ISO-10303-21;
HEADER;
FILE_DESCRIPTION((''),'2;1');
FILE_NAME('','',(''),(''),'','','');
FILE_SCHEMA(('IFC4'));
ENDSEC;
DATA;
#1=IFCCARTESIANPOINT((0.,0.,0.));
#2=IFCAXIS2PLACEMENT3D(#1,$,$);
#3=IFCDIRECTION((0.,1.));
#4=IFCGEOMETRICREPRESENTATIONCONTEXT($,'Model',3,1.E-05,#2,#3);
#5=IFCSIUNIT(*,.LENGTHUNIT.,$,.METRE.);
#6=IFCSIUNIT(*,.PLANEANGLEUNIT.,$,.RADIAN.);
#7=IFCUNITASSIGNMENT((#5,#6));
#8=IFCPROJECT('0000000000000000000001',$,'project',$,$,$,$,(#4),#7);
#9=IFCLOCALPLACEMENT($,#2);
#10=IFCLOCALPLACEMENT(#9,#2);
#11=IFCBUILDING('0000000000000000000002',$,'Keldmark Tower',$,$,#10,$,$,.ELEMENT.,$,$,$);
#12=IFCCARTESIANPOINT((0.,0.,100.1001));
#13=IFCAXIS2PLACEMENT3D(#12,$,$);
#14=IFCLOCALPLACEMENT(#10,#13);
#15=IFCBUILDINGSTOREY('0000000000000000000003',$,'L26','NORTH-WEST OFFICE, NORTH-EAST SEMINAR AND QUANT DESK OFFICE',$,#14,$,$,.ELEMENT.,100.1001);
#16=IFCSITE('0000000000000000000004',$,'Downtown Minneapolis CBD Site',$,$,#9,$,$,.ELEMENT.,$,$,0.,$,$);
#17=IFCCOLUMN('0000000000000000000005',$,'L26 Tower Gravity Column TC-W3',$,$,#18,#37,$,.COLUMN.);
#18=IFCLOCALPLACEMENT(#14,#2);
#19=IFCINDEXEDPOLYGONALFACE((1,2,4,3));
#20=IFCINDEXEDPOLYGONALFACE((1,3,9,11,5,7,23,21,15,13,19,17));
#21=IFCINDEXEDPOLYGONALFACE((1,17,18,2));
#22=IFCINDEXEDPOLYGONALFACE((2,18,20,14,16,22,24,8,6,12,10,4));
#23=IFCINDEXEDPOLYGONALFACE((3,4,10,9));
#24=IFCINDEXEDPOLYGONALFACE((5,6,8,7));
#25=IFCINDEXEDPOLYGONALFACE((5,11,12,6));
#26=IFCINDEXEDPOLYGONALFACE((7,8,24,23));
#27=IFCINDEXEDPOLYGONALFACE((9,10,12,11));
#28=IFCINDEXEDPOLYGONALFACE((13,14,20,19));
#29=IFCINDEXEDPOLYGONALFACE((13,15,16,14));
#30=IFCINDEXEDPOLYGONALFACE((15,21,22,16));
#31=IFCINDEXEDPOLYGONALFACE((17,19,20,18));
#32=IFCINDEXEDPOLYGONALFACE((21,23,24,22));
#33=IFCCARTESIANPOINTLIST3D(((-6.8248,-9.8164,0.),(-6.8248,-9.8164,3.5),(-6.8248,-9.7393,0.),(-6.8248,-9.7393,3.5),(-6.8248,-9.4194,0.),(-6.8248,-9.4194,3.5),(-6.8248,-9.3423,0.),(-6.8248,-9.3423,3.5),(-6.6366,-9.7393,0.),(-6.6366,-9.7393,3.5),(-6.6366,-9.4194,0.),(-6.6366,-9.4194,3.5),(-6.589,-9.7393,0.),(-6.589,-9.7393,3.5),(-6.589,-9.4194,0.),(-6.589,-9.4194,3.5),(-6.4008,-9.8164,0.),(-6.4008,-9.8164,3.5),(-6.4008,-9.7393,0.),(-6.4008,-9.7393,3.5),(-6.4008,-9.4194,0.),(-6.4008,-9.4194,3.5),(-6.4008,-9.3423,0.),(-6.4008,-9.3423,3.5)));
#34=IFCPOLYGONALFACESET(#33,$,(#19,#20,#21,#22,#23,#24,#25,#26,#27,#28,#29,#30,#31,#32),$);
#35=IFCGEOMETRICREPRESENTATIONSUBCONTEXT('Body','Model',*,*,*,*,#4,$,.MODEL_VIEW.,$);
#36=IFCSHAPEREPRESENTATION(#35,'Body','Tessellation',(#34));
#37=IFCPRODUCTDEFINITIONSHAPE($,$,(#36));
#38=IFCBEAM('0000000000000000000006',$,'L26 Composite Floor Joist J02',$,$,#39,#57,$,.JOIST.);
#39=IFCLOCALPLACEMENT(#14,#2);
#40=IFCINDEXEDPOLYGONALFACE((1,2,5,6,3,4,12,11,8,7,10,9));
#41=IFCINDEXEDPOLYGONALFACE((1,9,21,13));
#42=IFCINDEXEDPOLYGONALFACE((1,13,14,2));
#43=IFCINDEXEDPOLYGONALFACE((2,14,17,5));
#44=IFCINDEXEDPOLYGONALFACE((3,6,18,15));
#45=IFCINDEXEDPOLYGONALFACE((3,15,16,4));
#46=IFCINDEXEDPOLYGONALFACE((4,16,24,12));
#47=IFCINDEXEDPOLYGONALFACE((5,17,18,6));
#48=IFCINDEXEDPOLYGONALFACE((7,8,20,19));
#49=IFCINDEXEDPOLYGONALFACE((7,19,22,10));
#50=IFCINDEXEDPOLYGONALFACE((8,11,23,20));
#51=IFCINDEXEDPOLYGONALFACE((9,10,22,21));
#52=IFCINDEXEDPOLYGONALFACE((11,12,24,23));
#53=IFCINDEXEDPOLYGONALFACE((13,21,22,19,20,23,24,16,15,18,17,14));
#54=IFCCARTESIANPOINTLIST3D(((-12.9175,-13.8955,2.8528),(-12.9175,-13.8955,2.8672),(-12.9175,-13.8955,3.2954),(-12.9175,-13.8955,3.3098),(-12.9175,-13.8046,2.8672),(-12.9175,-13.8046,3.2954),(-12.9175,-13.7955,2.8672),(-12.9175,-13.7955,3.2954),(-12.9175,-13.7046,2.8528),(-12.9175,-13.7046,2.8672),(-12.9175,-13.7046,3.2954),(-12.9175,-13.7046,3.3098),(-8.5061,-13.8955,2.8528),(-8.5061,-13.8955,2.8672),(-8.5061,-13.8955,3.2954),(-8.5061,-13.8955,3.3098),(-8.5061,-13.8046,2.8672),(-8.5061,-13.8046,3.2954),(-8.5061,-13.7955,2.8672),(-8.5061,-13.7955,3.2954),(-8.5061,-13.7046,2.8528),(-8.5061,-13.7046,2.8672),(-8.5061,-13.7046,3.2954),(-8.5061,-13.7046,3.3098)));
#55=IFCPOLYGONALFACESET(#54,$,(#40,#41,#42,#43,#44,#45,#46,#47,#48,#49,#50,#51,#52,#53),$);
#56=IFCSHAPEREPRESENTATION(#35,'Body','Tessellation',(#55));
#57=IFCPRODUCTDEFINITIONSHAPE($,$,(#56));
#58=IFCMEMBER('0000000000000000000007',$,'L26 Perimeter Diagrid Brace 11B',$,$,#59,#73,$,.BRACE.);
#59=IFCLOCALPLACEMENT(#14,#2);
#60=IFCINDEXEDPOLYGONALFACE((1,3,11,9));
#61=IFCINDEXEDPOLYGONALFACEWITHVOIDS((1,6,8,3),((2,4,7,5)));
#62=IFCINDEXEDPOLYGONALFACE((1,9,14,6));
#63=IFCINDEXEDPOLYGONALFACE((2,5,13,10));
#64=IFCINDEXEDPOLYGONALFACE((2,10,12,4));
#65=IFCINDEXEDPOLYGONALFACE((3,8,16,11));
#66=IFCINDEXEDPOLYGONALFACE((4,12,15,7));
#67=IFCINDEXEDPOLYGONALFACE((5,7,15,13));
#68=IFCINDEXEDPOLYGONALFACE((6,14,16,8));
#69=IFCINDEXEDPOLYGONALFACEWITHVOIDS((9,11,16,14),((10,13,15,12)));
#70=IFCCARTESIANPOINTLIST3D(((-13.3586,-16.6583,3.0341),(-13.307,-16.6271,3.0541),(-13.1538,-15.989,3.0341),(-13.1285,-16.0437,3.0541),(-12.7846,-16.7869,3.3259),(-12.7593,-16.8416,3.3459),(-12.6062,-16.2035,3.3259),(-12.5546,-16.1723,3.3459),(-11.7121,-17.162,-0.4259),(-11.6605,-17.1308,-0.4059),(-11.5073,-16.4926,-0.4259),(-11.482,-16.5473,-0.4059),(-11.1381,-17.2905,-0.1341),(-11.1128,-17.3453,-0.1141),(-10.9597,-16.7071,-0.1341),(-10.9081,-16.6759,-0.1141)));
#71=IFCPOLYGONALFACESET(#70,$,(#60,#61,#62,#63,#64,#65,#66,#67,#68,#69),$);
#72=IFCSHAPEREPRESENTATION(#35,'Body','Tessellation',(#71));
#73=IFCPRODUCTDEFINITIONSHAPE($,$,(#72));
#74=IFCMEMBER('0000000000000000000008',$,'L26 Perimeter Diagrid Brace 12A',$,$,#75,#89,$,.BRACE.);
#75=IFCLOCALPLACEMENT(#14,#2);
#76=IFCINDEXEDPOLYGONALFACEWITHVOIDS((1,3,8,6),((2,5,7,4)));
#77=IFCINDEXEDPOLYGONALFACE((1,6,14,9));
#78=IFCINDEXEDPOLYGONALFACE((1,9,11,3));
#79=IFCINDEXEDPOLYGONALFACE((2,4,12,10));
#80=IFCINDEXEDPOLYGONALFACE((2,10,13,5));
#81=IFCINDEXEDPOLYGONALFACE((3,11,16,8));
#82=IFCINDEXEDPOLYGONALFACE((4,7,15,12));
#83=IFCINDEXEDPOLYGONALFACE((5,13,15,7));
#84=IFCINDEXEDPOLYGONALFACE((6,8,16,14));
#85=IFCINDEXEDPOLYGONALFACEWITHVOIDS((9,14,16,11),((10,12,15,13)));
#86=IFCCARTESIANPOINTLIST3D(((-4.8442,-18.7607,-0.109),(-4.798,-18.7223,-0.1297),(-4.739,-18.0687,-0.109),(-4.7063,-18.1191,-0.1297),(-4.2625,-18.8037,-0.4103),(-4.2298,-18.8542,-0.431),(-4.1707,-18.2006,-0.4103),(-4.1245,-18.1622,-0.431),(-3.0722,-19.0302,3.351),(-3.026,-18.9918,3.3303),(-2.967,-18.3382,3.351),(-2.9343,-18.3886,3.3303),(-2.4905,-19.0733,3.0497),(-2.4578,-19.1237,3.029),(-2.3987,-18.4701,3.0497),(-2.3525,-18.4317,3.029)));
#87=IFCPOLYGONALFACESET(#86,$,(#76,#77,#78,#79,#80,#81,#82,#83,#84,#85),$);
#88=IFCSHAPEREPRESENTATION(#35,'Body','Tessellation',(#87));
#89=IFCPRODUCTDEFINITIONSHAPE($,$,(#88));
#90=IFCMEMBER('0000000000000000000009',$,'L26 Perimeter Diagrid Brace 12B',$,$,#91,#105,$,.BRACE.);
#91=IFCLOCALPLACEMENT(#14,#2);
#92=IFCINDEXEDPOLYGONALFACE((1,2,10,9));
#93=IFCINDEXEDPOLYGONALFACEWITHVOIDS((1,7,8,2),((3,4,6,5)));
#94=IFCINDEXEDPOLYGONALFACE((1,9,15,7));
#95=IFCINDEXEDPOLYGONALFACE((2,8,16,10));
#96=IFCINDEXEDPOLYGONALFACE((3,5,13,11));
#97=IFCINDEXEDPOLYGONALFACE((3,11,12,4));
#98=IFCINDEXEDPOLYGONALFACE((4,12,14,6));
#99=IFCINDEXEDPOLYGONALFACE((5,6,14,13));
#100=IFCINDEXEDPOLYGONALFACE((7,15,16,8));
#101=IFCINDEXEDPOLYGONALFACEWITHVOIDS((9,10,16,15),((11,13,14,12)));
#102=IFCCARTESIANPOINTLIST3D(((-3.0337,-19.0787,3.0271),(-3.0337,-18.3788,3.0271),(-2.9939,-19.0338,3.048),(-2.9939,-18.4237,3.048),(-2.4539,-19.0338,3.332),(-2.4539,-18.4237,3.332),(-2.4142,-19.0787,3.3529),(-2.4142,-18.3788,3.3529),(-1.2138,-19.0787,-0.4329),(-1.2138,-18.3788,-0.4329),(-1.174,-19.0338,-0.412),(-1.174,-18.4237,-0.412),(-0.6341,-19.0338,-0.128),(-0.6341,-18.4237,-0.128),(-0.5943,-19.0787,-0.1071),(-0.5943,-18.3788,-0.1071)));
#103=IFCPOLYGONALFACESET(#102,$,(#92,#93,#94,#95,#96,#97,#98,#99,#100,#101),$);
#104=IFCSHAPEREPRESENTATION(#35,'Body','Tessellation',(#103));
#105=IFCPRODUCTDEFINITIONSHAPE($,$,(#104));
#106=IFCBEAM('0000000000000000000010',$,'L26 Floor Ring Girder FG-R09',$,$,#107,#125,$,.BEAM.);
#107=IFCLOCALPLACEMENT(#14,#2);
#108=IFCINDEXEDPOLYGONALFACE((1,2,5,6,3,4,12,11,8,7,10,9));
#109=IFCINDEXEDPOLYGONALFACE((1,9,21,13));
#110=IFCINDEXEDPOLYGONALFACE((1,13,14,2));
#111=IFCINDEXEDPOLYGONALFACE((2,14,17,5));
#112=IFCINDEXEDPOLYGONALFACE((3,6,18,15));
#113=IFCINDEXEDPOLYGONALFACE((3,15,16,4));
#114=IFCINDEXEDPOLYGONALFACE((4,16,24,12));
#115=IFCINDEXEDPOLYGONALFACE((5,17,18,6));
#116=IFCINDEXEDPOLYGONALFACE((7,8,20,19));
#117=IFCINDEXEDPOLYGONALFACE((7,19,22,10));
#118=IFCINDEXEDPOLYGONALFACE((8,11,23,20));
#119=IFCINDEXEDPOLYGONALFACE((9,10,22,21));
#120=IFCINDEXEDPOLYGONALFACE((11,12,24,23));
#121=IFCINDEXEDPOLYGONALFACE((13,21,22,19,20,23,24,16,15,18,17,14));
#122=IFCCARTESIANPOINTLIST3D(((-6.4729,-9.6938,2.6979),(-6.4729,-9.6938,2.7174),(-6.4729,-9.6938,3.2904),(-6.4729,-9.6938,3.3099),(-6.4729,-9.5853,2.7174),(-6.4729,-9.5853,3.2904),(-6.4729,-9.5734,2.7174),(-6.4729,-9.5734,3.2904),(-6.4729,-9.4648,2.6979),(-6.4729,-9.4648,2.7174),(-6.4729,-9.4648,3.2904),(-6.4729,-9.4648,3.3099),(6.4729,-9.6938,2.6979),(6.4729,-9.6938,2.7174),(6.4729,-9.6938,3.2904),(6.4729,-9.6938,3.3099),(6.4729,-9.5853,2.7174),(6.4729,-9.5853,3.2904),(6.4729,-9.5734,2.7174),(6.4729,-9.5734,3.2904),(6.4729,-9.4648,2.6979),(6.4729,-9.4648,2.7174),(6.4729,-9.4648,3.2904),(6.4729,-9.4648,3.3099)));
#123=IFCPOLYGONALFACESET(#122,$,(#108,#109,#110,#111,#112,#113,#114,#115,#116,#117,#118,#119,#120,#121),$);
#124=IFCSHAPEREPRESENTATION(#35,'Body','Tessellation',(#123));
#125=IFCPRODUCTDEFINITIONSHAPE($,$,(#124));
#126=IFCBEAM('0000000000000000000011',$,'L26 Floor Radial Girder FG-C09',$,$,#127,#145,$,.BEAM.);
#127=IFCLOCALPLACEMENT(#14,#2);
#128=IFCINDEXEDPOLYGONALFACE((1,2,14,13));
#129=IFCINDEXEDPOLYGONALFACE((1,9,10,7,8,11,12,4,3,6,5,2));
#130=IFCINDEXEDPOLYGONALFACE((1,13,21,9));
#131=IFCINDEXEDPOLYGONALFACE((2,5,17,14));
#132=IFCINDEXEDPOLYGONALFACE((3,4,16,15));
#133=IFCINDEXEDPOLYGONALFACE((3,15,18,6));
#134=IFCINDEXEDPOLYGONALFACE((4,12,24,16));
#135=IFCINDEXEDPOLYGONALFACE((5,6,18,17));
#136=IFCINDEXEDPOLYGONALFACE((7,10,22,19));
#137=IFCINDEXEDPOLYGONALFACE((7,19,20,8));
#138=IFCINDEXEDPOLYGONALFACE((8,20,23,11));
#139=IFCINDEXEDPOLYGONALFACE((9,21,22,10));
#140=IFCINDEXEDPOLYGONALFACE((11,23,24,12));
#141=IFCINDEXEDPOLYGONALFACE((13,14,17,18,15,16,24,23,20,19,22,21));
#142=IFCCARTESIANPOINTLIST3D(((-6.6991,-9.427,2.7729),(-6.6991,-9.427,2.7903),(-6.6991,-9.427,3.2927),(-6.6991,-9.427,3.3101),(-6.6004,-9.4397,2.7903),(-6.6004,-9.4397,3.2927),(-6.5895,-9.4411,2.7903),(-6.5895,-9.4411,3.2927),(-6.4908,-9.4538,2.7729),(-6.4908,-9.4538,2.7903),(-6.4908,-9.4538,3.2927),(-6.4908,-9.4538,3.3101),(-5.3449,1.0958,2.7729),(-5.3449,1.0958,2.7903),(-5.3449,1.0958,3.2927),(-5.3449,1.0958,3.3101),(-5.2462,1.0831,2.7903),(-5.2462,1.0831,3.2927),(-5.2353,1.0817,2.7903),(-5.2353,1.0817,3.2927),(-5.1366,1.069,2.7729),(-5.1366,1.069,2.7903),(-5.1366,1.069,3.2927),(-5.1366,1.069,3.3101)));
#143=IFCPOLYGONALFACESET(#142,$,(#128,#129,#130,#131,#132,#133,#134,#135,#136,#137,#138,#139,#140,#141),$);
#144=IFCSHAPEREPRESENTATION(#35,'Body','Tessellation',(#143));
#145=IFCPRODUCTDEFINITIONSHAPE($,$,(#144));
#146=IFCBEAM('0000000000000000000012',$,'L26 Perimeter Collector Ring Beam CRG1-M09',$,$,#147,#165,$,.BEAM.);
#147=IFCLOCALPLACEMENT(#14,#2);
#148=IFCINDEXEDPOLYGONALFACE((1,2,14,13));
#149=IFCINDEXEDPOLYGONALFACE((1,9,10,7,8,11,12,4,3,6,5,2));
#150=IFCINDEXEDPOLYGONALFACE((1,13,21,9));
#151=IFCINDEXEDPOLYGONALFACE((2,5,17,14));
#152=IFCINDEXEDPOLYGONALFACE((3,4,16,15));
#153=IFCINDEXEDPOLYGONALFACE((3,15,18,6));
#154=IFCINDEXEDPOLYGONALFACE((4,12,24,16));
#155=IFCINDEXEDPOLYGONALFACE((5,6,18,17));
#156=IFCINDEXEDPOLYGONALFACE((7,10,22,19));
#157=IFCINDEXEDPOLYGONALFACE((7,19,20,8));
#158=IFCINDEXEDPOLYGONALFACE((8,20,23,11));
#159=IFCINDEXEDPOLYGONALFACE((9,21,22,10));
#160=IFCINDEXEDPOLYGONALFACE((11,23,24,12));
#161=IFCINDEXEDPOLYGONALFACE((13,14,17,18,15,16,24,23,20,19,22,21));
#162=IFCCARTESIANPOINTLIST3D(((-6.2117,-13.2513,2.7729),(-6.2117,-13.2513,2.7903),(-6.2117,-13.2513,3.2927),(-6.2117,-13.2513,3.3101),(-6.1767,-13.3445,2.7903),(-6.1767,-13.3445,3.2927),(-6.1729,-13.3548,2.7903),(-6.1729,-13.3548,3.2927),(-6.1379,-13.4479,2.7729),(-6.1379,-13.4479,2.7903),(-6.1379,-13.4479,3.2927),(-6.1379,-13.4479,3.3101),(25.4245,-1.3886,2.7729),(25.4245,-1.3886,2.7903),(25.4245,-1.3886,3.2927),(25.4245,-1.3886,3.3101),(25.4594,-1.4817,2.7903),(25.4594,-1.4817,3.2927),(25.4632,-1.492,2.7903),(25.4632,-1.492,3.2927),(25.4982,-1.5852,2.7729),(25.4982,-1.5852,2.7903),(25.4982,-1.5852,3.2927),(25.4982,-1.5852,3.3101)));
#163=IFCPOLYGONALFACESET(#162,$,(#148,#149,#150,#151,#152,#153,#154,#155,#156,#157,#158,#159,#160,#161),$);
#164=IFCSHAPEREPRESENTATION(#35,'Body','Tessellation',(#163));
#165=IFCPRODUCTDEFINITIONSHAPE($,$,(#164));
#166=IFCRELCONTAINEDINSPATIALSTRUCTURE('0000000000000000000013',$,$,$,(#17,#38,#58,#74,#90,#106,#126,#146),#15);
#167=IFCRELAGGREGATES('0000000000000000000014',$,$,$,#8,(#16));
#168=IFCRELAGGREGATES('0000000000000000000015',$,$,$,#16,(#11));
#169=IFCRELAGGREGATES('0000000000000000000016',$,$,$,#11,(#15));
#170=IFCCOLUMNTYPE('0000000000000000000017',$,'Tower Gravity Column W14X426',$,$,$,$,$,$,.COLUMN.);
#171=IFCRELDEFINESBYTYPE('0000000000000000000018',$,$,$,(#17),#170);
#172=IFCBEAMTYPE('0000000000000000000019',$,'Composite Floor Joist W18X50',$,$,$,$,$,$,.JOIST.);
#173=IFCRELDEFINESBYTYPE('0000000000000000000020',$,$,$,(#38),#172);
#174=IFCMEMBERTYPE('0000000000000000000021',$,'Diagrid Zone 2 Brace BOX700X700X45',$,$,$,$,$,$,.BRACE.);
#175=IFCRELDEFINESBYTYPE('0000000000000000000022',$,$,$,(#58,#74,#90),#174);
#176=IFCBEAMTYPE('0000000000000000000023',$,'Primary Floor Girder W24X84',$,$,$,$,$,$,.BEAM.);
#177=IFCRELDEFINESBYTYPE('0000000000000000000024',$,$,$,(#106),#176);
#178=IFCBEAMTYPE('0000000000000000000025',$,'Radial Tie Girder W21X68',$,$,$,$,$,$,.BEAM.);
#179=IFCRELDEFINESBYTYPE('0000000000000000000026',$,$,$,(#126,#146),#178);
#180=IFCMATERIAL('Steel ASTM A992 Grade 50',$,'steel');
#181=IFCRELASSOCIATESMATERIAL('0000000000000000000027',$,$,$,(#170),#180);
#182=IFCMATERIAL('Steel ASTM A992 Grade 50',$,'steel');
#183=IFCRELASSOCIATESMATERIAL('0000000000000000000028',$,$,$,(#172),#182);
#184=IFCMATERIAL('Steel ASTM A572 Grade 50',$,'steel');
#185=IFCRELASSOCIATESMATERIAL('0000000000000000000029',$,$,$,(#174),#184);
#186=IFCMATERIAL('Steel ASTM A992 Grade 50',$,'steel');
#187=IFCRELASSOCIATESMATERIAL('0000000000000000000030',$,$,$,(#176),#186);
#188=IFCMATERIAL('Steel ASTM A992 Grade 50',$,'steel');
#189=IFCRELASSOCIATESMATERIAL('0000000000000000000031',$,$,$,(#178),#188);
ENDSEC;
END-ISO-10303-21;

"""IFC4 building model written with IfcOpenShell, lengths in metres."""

from ifc_helpers import new_model, si_unit, direction, frame, origin, origin_2d, place, context, subcontext, project, spatial, hollow_rectangle, i_section, extrude, material, material_profile, profile_set, type_object, element, save


model = new_model("IFC4")

# Units and contexts
model_context = context("Model", 3, precision=1e-05, world=origin(), true_north=direction((0.0, 1.0)))
body_context = subcontext(model_context, "Body", "Model", "MODEL_VIEW")
ifc_project = project(units=[si_unit("LENGTHUNIT", "METRE"), si_unit("PLANEANGLEUNIT", "RADIAN")], contexts=[model_context])

# Site, building, storey
site_placement = place(None, origin())
site = spatial("IfcSite", under=ifc_project, at=site_placement, Name="Downtown Minneapolis CBD Site", CompositionType="ELEMENT", RefElevation=0.0)
building_placement = place(site_placement, origin())
building = spatial("IfcBuilding", under=site, at=building_placement, Name="Keldmark Tower", CompositionType="ELEMENT")
storey_placement = place(building_placement, frame((0.0, 0.0, 100.1001)))
storey = spatial("IfcBuildingStorey", under=building, at=storey_placement, Name="L26", Description="NORTH-WEST OFFICE, NORTH-EAST SEMINAR AND QUANT DESK OFFICE", CompositionType="ELEMENT", Elevation=100.1001)

# Column
ifc_material_1 = material(Name="Steel ASTM A992 Grade 50", Category="steel")
ifc_material_profile_1 = material_profile(ifc_material_1, i_section(OverallWidth=0.4241, OverallDepth=0.4741, WebThickness=0.0476, FlangeThickness=0.0771, at=origin_2d()), Name="W14X426")
ifc_profile_set_1 = profile_set([ifc_material_profile_1], Name="Steel ASTM A992 Grade 50")
column_type = type_object("IfcColumnType", Name="Tower Gravity Column W14X426", PredefinedType="COLUMN", material=ifc_profile_set_1)
column_placement = place(storey_placement, frame((-6.6128, -9.5793, 0.0), z_axis=(0.0, 0.0, 1.0), x_axis=(1.0, 0.0, 0.0)))
element("IfcColumn", 1, at=column_placement, inside=storey, type_object=column_type, Name="L26 Tower Gravity Column TC-W3", PredefinedType="COLUMN", context=body_context, shape_type="SweptSolid", body=[
    extrude(i_section(OverallWidth=0.4241, OverallDepth=0.4741, WebThickness=0.0476, FlangeThickness=0.0771, at=origin_2d()), origin(), (0.0, 0.0, 1.0), 3.5),
])

# Beam
ifc_material_2 = material(Name="Steel ASTM A992 Grade 50", Category="steel")
ifc_material_profile_2 = material_profile(ifc_material_2, i_section(OverallWidth=0.1909, OverallDepth=0.457, WebThickness=0.009, FlangeThickness=0.0144, at=origin_2d()), Name="W18X50")
ifc_profile_set_2 = profile_set([ifc_material_profile_2], Name="Steel ASTM A992 Grade 50")
beam_type_1 = type_object("IfcBeamType", Name="Composite Floor Joist W18X50", PredefinedType="JOIST", material=ifc_profile_set_2)
beam_1_placement = place(storey_placement, frame((-12.9175, -13.8, 3.0813), z_axis=(1.0, 0.0, 0.0), x_axis=(0.0, 1.0, 0.0)))
element("IfcBeam", 2, at=beam_1_placement, inside=storey, type_object=beam_type_1, Name="L26 Composite Floor Joist J02", PredefinedType="JOIST", context=body_context, shape_type="SweptSolid", body=[
    extrude(i_section(OverallWidth=0.1909, OverallDepth=0.457, WebThickness=0.009, FlangeThickness=0.0144, at=origin_2d()), origin(), (0.0, 0.0, 1.0), 4.4114),
])

# Members
ifc_material_3 = material(Name="Steel ASTM A572 Grade 50", Category="steel")
ifc_material_profile_3 = material_profile(ifc_material_3, hollow_rectangle(XDim=0.7, YDim=0.7, WallThickness=0.0449, at=origin_2d()), Name="BOX700X700X45")
ifc_profile_set_3 = profile_set([ifc_material_profile_3], Name="Steel ASTM A572 Grade 50")
member_type = type_object("IfcMemberType", Name="Diagrid Zone 2 Brace BOX700X700X45", PredefinedType="BRACE", material=ifc_profile_set_3)
member_1_placement = place(storey_placement, frame((-11.3101, -16.9189, -0.27), z_axis=(-0.426031, 0.130324, 0.895273), x_axis=(-0.292521, -0.956259, 0.0)))
element("IfcMember", 3, at=member_1_placement, inside=storey, type_object=member_type, Name="L26 Perimeter Diagrid Brace 11B", PredefinedType="BRACE", context=body_context, shape_type="SweptSolid", body=[
    extrude(hollow_rectangle(XDim=0.7, YDim=0.7, WallThickness=0.0449, at=origin_2d()), origin(), (0.0, 0.0, 1.0), 3.8647),
])
member_2_placement = place(storey_placement, frame((-4.4844, -18.4614, -0.27), z_axis=(0.454743, -0.06917, 0.887933), x_axis=(0.150378, 0.988629, 0.0)))
element("IfcMember", 4, at=member_2_placement, inside=storey, type_object=member_type, Name="L26 Perimeter Diagrid Brace 12A", PredefinedType="BRACE", context=body_context, shape_type="SweptSolid", body=[
    extrude(hollow_rectangle(XDim=0.7, YDim=0.7, WallThickness=0.0449, at=origin_2d()), origin(), (0.0, 0.0, 1.0), 3.8967),
])
member_3_placement = place(storey_placement, frame((-0.9041, -18.7288, -0.27), z_axis=(-0.465504, 0.0, 0.885046), x_axis=(0.0, -1.0, 0.0)))
element("IfcMember", 5, at=member_3_placement, inside=storey, type_object=member_type, Name="L26 Perimeter Diagrid Brace 12B", PredefinedType="BRACE", context=body_context, shape_type="SweptSolid", body=[
    extrude(hollow_rectangle(XDim=0.7, YDim=0.7, WallThickness=0.0449, at=origin_2d()), origin(), (0.0, 0.0, 1.0), 3.9094),
])

# Beams
ifc_material_4 = material(Name="Steel ASTM A992 Grade 50", Category="steel")
ifc_material_profile_4 = material_profile(ifc_material_4, i_section(OverallWidth=0.229, OverallDepth=0.6121, WebThickness=0.012, FlangeThickness=0.0195, at=origin_2d()), Name="W24X84")
ifc_profile_set_4 = profile_set([ifc_material_profile_4], Name="Steel ASTM A992 Grade 50")
beam_type_2 = type_object("IfcBeamType", Name="Primary Floor Girder W24X84", PredefinedType="BEAM", material=ifc_profile_set_4)
beam_2_placement = place(storey_placement, frame((-6.4729, -9.5793, 3.0039), z_axis=(1.0, 0.0, 0.0), x_axis=(0.0, 1.0, 0.0)))
element("IfcBeam", 6, at=beam_2_placement, inside=storey, type_object=beam_type_2, Name="L26 Floor Ring Girder FG-R09", PredefinedType="BEAM", context=body_context, shape_type="SweptSolid", body=[
    extrude(i_section(OverallWidth=0.229, OverallDepth=0.6121, WebThickness=0.012, FlangeThickness=0.0195, at=origin_2d()), origin(), (0.0, 0.0, 1.0), 12.9458),
])
ifc_material_5 = material(Name="Steel ASTM A992 Grade 50", Category="steel")
ifc_material_profile_5 = material_profile(ifc_material_5, i_section(OverallWidth=0.21, OverallDepth=0.5371, WebThickness=0.011, FlangeThickness=0.0173, at=origin_2d()), Name="W21X68")
ifc_profile_set_5 = profile_set([ifc_material_profile_5], Name="Steel ASTM A992 Grade 50")
beam_type_3 = type_object("IfcBeamType", Name="Radial Tie Girder W21X68", PredefinedType="BEAM", material=ifc_profile_set_5)
beam_3_placement = place(storey_placement, frame((-6.595, -9.4404, 3.0415), z_axis=(0.127642, 0.99182, 0.0), x_axis=(-0.99182, 0.127642, 0.0)))
element("IfcBeam", 7, at=beam_3_placement, inside=storey, type_object=beam_type_3, Name="L26 Floor Radial Girder FG-C09", PredefinedType="BEAM", context=body_context, shape_type="SweptSolid", body=[
    extrude(i_section(OverallWidth=0.21, OverallDepth=0.5371, WebThickness=0.011, FlangeThickness=0.0173, at=origin_2d()), origin(), (0.0, 0.0, 1.0), 10.6096),
])
beam_4_placement = place(storey_placement, frame((-6.1748, -13.3496, 3.0415), z_axis=(0.936337, 0.351103, 0.0), x_axis=(-0.351103, 0.936337, 0.0)))
element("IfcBeam", 8, at=beam_4_placement, inside=storey, type_object=beam_type_3, Name="L26 Perimeter Collector Ring Beam CRG1-M09", PredefinedType="BEAM", context=body_context, shape_type="SweptSolid", body=[
    extrude(i_section(OverallWidth=0.21, OverallDepth=0.5371, WebThickness=0.011, FlangeThickness=0.0173, at=origin_2d()), origin(), (0.0, 0.0, 1.0), 33.7871),
])

save(model, "model.ifc")
